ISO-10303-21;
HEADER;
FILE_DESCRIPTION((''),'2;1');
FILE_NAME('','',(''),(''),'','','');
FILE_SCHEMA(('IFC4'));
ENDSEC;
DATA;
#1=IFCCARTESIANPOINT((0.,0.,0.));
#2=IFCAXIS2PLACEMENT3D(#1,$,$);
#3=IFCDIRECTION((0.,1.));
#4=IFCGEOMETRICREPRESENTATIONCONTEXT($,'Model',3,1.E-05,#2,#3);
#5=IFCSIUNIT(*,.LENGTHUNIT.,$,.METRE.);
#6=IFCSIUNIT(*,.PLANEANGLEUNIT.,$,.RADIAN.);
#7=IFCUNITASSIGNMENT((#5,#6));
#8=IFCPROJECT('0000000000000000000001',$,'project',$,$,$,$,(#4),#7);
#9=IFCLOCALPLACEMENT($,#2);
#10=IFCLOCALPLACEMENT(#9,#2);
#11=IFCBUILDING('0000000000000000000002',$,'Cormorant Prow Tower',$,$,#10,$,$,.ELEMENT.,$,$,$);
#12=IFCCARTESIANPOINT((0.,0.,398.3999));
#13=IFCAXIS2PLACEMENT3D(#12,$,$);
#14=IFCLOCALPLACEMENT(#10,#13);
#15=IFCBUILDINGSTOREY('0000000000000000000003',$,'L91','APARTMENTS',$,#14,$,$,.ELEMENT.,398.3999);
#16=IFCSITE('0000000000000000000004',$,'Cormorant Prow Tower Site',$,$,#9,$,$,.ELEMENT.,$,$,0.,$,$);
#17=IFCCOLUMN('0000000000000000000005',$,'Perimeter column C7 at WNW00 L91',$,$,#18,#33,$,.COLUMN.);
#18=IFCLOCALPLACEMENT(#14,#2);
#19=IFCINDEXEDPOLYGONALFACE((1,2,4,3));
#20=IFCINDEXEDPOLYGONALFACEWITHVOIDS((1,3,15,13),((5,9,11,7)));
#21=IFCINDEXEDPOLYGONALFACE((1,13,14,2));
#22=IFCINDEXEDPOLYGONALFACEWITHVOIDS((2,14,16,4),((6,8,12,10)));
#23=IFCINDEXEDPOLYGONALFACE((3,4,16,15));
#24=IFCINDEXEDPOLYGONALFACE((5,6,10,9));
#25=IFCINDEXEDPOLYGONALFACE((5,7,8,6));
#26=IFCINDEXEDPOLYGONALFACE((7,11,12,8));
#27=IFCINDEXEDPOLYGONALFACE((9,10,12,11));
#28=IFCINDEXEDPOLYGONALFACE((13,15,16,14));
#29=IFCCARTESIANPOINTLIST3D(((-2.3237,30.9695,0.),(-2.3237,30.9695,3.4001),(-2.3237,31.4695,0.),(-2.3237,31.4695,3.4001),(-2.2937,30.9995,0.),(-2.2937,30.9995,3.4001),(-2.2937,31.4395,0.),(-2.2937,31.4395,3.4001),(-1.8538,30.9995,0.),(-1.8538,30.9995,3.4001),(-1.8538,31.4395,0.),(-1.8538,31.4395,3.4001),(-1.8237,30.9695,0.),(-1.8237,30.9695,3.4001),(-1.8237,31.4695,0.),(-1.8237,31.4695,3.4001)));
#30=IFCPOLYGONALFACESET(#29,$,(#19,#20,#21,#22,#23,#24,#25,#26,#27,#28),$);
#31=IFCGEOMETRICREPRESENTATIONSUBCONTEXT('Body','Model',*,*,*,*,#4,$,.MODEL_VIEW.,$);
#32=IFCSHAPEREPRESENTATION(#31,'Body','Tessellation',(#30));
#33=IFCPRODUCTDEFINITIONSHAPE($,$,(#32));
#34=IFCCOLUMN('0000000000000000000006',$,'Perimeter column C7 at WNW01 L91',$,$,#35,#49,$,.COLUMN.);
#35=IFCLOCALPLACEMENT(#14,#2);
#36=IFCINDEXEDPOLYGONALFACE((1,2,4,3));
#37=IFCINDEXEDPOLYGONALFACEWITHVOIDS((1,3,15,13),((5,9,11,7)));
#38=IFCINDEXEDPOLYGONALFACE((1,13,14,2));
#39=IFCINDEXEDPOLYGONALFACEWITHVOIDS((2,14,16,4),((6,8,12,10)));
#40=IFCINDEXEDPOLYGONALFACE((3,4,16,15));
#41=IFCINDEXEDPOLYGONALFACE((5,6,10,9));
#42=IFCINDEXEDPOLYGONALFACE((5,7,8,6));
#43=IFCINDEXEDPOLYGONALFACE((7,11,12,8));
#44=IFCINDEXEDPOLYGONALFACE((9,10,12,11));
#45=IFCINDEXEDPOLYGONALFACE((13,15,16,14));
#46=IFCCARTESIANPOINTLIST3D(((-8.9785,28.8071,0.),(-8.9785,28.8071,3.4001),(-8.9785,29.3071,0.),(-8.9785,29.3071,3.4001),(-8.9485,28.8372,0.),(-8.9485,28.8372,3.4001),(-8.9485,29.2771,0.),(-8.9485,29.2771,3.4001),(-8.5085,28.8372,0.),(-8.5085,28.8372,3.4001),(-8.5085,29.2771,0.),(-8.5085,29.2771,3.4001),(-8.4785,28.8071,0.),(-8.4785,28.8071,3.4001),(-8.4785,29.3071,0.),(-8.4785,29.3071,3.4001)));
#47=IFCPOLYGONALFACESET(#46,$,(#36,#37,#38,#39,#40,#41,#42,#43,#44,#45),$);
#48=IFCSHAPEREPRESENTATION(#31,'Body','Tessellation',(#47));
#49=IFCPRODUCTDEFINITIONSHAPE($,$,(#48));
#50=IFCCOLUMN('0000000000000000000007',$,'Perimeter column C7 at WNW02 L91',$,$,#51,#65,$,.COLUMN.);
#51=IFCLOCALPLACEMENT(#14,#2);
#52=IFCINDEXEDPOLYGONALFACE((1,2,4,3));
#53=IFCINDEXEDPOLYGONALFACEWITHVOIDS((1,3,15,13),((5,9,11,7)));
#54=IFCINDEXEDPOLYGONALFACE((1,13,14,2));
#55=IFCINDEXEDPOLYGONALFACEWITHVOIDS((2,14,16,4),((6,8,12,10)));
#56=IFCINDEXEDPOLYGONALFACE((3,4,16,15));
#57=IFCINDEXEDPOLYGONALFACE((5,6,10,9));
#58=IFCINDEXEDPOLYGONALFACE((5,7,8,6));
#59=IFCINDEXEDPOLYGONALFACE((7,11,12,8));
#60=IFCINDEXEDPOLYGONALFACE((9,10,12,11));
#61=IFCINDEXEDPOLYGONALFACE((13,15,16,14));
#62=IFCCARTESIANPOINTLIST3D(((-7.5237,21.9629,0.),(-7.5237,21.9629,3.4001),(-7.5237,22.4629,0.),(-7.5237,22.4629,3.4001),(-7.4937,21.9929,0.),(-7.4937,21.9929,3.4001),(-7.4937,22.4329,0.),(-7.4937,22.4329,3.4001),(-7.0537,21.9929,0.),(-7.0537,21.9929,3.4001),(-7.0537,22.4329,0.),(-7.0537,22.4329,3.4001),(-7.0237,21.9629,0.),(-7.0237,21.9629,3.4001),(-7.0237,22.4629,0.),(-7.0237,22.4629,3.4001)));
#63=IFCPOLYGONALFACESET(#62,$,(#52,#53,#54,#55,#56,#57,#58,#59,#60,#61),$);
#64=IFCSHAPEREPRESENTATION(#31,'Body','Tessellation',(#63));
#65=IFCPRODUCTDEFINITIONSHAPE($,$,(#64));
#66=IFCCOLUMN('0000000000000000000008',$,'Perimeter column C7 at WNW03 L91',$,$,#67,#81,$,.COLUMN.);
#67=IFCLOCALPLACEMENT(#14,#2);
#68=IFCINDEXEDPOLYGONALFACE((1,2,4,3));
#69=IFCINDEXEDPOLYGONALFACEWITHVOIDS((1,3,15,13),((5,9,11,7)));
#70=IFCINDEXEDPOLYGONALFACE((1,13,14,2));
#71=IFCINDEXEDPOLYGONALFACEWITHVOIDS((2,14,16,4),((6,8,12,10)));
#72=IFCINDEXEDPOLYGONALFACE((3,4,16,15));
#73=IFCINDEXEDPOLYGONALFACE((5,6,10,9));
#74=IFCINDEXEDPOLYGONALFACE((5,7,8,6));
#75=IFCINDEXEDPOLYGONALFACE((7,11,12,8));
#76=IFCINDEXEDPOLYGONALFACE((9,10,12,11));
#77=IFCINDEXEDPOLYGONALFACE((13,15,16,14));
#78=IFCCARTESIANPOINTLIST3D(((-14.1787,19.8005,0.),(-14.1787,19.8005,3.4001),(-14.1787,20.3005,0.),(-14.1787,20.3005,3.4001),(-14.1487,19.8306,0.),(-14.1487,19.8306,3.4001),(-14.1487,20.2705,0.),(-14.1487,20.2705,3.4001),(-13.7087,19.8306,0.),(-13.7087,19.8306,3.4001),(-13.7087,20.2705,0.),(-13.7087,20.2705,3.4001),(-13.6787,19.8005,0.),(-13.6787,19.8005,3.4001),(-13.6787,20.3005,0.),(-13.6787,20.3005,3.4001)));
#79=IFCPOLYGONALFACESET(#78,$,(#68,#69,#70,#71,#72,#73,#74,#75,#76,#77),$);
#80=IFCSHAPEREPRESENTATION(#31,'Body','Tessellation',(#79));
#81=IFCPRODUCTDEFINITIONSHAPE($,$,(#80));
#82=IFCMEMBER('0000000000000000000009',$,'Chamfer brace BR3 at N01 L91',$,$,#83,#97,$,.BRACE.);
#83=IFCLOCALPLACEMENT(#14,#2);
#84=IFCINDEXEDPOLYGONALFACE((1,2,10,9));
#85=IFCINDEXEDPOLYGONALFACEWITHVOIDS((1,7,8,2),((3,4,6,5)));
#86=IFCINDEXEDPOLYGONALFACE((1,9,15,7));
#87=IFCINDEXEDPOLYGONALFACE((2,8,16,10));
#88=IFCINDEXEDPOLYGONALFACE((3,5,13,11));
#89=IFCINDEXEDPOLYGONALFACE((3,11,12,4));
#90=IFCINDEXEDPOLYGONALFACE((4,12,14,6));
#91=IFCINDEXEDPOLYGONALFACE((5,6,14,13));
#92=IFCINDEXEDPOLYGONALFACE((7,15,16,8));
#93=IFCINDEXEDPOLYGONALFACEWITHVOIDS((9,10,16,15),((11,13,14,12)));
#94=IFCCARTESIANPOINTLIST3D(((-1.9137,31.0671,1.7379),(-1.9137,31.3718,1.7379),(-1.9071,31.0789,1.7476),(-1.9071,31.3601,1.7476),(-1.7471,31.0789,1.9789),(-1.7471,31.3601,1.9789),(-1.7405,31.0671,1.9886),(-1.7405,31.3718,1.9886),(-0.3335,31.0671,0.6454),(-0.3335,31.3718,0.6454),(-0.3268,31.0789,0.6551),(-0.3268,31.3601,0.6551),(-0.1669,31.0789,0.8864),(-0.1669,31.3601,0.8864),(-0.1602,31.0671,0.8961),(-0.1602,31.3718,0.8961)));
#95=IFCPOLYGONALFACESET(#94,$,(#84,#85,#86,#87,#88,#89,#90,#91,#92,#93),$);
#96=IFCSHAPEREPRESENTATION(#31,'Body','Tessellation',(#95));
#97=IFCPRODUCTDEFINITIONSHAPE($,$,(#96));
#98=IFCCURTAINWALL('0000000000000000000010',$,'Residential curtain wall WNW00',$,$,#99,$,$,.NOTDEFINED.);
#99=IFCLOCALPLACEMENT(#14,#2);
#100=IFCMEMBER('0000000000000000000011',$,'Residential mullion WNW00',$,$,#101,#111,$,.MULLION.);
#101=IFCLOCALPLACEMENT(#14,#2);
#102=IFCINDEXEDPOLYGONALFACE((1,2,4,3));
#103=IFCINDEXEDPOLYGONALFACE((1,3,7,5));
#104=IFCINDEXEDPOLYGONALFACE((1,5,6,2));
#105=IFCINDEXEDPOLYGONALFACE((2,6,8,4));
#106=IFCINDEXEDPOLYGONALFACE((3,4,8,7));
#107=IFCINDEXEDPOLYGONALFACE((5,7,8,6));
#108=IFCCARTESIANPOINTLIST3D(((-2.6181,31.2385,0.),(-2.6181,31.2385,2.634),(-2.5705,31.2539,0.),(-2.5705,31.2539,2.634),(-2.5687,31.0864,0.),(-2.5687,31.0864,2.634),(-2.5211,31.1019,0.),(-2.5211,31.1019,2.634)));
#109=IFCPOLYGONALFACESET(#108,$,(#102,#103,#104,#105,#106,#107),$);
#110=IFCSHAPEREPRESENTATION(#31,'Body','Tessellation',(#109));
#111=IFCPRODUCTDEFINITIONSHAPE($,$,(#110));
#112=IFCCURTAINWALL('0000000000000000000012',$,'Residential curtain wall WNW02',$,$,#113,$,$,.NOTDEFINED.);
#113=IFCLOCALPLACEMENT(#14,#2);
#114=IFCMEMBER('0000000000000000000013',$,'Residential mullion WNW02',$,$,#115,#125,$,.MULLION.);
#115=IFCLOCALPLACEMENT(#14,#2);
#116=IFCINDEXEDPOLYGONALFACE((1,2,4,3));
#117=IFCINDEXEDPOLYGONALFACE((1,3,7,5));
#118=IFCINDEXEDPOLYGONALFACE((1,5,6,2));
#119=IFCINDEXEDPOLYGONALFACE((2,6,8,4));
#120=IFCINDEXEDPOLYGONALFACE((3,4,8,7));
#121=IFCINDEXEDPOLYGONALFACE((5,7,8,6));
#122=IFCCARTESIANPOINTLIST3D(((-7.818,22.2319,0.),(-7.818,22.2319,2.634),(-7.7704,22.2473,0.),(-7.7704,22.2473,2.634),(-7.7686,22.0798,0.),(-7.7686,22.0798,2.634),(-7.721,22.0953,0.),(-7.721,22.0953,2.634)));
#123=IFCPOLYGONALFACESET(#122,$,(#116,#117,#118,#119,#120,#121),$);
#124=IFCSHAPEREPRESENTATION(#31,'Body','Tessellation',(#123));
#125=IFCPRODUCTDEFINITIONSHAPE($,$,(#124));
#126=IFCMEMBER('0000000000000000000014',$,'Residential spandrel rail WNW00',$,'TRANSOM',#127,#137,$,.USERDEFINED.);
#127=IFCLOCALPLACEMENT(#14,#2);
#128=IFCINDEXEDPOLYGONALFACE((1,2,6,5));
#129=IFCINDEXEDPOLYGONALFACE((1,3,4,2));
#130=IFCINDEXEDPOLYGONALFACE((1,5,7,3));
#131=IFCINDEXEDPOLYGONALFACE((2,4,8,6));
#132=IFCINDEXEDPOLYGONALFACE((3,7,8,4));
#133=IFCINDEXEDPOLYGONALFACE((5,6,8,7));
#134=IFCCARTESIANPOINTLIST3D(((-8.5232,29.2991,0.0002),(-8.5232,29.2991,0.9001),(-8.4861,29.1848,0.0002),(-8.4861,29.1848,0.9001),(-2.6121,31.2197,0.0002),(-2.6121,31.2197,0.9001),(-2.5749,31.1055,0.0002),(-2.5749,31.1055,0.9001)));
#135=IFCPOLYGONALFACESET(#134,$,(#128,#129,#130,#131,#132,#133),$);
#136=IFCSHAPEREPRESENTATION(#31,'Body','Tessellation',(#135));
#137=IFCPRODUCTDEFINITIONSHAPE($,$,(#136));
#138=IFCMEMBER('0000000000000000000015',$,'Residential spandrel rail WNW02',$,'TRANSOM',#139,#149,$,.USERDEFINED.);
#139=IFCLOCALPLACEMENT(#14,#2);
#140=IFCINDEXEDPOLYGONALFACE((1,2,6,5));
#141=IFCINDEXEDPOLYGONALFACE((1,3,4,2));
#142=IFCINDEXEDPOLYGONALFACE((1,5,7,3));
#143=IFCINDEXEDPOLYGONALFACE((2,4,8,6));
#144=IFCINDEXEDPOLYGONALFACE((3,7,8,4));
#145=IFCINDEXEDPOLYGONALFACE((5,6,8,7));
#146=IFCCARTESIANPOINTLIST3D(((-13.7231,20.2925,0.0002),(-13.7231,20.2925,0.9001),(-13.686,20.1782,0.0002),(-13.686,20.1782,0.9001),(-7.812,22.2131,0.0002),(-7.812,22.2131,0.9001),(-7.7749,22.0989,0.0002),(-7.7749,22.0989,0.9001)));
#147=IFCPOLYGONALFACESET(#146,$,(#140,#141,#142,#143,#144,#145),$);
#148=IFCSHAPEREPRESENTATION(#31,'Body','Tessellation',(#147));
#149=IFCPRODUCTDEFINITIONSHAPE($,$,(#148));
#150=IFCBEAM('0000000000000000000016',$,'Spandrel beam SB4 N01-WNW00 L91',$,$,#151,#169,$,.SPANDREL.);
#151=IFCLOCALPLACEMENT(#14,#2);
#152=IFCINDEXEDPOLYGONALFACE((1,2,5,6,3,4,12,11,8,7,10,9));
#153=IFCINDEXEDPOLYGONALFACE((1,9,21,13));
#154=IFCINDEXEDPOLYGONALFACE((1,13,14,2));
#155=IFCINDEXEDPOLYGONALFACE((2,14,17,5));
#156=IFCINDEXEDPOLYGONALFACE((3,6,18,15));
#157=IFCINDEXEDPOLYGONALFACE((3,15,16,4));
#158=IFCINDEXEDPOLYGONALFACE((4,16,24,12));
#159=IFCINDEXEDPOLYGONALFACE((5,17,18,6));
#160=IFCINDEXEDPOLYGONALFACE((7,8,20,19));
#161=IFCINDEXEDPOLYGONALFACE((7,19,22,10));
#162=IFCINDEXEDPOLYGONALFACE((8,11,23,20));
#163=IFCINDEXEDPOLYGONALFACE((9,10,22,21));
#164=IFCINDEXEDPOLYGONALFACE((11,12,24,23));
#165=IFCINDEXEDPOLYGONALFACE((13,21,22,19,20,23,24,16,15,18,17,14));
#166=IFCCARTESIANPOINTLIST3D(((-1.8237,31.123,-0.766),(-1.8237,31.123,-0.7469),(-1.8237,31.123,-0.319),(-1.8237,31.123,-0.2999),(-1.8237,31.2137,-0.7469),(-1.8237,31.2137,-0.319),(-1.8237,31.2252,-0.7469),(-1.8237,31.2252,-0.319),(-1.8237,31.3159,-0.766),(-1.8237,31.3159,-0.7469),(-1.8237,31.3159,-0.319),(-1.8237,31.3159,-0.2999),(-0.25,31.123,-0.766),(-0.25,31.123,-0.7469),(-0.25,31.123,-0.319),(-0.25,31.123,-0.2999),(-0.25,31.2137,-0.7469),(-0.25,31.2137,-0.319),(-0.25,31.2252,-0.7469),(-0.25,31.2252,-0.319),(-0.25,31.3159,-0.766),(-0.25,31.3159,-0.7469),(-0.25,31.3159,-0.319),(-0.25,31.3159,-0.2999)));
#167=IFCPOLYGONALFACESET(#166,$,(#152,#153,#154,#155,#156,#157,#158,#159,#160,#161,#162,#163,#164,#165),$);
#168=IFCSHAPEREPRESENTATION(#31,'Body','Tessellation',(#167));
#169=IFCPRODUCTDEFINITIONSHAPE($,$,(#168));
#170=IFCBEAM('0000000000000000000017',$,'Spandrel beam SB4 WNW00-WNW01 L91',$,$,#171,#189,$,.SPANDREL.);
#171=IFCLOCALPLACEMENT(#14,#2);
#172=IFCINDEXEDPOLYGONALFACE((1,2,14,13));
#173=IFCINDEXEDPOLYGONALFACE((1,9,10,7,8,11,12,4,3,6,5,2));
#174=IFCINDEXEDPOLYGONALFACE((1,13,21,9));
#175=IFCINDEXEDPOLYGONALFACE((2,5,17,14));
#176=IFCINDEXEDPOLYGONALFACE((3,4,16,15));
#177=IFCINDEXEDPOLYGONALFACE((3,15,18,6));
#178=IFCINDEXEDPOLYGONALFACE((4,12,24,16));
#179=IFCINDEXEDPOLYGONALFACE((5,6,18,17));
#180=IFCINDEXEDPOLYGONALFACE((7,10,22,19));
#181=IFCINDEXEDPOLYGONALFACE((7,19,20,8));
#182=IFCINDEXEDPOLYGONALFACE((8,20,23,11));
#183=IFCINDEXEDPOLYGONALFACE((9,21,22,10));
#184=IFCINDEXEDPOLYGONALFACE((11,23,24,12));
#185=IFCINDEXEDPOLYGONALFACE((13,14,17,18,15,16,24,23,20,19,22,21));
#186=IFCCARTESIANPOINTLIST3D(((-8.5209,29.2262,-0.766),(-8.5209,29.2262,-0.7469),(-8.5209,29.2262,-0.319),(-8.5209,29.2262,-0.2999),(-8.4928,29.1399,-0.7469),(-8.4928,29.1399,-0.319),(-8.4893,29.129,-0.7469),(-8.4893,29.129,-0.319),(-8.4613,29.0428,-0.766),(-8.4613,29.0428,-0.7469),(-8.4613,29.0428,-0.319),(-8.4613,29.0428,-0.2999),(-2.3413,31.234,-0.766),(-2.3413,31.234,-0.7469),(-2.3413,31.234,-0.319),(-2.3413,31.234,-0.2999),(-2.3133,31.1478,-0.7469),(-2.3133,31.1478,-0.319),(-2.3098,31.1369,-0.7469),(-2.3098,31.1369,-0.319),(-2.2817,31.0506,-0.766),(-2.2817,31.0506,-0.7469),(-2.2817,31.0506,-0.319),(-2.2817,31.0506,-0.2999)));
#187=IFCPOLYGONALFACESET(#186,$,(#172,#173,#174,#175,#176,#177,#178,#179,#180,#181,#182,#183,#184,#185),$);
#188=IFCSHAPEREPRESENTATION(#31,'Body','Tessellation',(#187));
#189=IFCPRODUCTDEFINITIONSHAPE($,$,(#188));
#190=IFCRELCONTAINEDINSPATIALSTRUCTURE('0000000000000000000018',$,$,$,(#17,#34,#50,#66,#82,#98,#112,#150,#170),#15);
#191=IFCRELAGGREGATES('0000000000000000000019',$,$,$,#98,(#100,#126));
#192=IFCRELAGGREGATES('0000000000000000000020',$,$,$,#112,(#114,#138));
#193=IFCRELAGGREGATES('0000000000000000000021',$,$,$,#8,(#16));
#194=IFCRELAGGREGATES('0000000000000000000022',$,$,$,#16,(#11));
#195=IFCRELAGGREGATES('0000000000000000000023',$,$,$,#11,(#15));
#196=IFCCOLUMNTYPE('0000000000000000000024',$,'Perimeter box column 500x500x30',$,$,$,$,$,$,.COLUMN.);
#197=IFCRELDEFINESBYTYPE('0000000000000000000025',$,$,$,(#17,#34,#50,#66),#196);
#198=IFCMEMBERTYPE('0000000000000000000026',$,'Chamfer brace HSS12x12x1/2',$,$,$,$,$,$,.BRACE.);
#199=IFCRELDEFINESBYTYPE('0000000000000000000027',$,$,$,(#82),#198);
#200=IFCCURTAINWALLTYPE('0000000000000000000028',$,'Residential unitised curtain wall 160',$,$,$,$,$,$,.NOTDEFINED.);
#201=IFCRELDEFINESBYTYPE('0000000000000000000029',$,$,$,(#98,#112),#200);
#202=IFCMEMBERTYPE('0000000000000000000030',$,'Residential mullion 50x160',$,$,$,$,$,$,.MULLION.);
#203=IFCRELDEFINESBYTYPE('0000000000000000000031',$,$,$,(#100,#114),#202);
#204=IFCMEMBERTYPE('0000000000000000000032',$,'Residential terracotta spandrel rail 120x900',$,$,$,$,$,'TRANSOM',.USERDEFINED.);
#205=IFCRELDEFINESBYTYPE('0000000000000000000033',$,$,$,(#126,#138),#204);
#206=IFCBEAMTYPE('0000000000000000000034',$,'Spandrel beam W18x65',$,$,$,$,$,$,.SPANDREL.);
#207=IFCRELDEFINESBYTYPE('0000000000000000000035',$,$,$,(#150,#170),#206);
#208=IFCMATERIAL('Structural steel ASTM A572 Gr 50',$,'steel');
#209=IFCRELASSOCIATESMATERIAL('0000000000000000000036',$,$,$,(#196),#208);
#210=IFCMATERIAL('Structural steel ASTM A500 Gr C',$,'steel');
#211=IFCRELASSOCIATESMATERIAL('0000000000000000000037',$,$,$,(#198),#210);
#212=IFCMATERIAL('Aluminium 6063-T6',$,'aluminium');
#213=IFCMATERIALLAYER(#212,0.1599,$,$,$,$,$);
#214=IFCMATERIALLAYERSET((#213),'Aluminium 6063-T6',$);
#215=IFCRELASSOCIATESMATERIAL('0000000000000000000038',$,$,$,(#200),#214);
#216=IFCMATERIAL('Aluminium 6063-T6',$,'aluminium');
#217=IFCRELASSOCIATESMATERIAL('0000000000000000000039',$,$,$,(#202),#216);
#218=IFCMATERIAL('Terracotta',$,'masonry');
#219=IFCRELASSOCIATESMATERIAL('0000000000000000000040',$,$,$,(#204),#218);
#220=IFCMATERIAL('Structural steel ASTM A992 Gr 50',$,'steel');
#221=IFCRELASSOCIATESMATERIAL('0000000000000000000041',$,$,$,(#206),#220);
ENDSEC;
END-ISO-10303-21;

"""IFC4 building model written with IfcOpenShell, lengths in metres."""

from ifc_helpers import new_model, si_unit, direction, frame, origin, origin_2d, place, context, subcontext, project, spatial, rectangle, hollow_rectangle, i_section, extrude, material, layer, layer_set, material_profile, profile_set, type_object, element, aggregate, save


model = new_model("IFC4")

# Units and contexts
model_context = context("Model", 3, precision=1e-05, world=origin(), true_north=direction((0.0, 1.0)))
body_context = subcontext(model_context, "Body", "Model", "MODEL_VIEW")
ifc_project = project(units=[si_unit("LENGTHUNIT", "METRE"), si_unit("PLANEANGLEUNIT", "RADIAN")], contexts=[model_context])

# Site, building, storey
site_placement = place(None, origin())
site = spatial("IfcSite", under=ifc_project, at=site_placement, Name="Cormorant Prow Tower Site", CompositionType="ELEMENT", RefElevation=0.0)
building_placement = place(site_placement, origin())
building = spatial("IfcBuilding", under=site, at=building_placement, Name="Cormorant Prow Tower", CompositionType="ELEMENT")
storey_placement = place(building_placement, frame((0.0, 0.0, 398.3999)))
storey = spatial("IfcBuildingStorey", under=building, at=storey_placement, Name="L91", Description="APARTMENTS", CompositionType="ELEMENT", Elevation=398.3999)

# Columns
ifc_material_1 = material(Name="Structural steel ASTM A572 Gr 50", Category="steel")
ifc_material_profile_1 = material_profile(ifc_material_1, hollow_rectangle(XDim=0.5, YDim=0.5, WallThickness=0.03, at=origin_2d()), Name="Box 500x500x30")
ifc_profile_set_1 = profile_set([ifc_material_profile_1], Name="Structural steel ASTM A572 Gr 50")
column_type = type_object("IfcColumnType", Name="Perimeter box column 500x500x30", PredefinedType="COLUMN", material=ifc_profile_set_1)
for number, where, z_axis, x_axis, name in (
    (1, (-2.0737, 31.2195, 0.0), (0.0, 0.0, 1.0), (1.0, 0.0, 0.0), "Perimeter column C7 at WNW00 L91"),
    (2, (-8.7285, 29.0571, 0.0), (0.0, 0.0, 1.0), (1.0, 0.0, 0.0), "Perimeter column C7 at WNW01 L91"),
    (3, (-7.2737, 22.2129, 0.0), (0.0, 0.0, 1.0), (1.0, 0.0, 0.0), "Perimeter column C7 at WNW02 L91"),
    (4, (-13.9287, 20.0505, 0.0), (0.0, 0.0, 1.0), (1.0, 0.0, 0.0), "Perimeter column C7 at WNW03 L91"),
):
    element("IfcColumn", number, at=place(storey_placement, frame(where, z_axis=z_axis, x_axis=x_axis)), inside=storey, type_object=column_type, Name=name, PredefinedType="COLUMN", context=body_context, shape_type="SweptSolid", body=[
        extrude(hollow_rectangle(XDim=0.5, YDim=0.5, WallThickness=0.03, at=origin_2d()), origin(), (0.0, 0.0, 1.0), 3.4001),
    ])

# Member
ifc_material_2 = material(Name="Structural steel ASTM A500 Gr C", Category="steel")
ifc_material_profile_2 = material_profile(ifc_material_2, hollow_rectangle(XDim=0.3047, YDim=0.3047, WallThickness=0.0117, at=origin_2d()), Name="HSS12x12x1/2")
ifc_profile_set_2 = profile_set([ifc_material_profile_2], Name="Structural steel ASTM A500 Gr C")
member_type_1 = type_object("IfcMemberType", Name="Chamfer brace HSS12x12x1/2", PredefinedType="BRACE", material=ifc_profile_set_2)
member_1_placement = place(storey_placement, frame((-0.2468, 31.2195, 0.7708), z_axis=(-0.822567, 0.0, 0.568668), x_axis=(0.0, -1.0, 0.0)))
element("IfcMember", 5, at=member_1_placement, inside=storey, type_object=member_type_1, Name="Chamfer brace BR3 at N01 L91", PredefinedType="BRACE", context=body_context, shape_type="SweptSolid", body=[
    extrude(hollow_rectangle(XDim=0.3047, YDim=0.3047, WallThickness=0.0117, at=origin_2d()), origin(), (0.0, 0.0, 1.0), 1.9211),
])

# Curtain walls, members
ifc_material_3 = material(Name="Aluminium 6063-T6", Category="aluminium")
ifc_layer_1 = layer(ifc_material_3, 0.1599)
ifc_layer_set_1 = layer_set([ifc_layer_1], Name="Aluminium 6063-T6")
curtain_wall_type = type_object("IfcCurtainWallType", Name="Residential unitised curtain wall 160", PredefinedType="NOTDEFINED", material=ifc_layer_set_1)
curtain_wall_1_placement = place(storey_placement, origin())
curtain_wall_1 = element("IfcCurtainWall", 6, at=curtain_wall_1_placement, inside=storey, type_object=curtain_wall_type, Name="Residential curtain wall WNW00", PredefinedType="NOTDEFINED")
ifc_material_4 = material(Name="Aluminium 6063-T6", Category="aluminium")
ifc_material_profile_3 = material_profile(ifc_material_4, rectangle(XDim=0.1599, YDim=0.05, at=origin_2d()), Name="Residential mullion 50x160")
ifc_profile_set_3 = profile_set([ifc_material_profile_3], Name="Aluminium 6063-T6")
member_type_2 = type_object("IfcMemberType", Name="Residential mullion 50x160", PredefinedType="MULLION", material=ifc_profile_set_3)
member_2_placement = place(storey_placement, frame((-2.5696, 31.1702, 0.0), z_axis=(0.0, 0.0, 1.0), x_axis=(0.309017, -0.951057, 0.0)))
member_2 = element("IfcMember", 7, at=member_2_placement, type_object=member_type_2, Name="Residential mullion WNW00", PredefinedType="MULLION", context=body_context, shape_type="SweptSolid", body=[
    extrude(rectangle(XDim=0.1599, YDim=0.05, at=origin_2d()), origin(), (0.0, 0.0, 1.0), 2.634),
])
curtain_wall_2_placement = place(storey_placement, origin())
curtain_wall_2 = element("IfcCurtainWall", 8, at=curtain_wall_2_placement, inside=storey, type_object=curtain_wall_type, Name="Residential curtain wall WNW02", PredefinedType="NOTDEFINED")
member_3_placement = place(storey_placement, frame((-7.7695, 22.1636, 0.0), z_axis=(0.0, 0.0, 1.0), x_axis=(0.309017, -0.951057, 0.0)))
member_3 = element("IfcMember", 9, at=member_3_placement, type_object=member_type_2, Name="Residential mullion WNW02", PredefinedType="MULLION", context=body_context, shape_type="SweptSolid", body=[
    extrude(rectangle(XDim=0.1599, YDim=0.05, at=origin_2d()), origin(), (0.0, 0.0, 1.0), 2.634),
])

# Members
ifc_material_5 = material(Name="Terracotta", Category="masonry")
ifc_material_profile_4 = material_profile(ifc_material_5, rectangle(XDim=0.1201, YDim=0.8999, at=origin_2d()), Name="Residential terracotta spandrel rail 120x900")
ifc_profile_set_4 = profile_set([ifc_material_profile_4], Name="Terracotta")
member_type_3 = type_object("IfcMemberType", Name="Residential terracotta spandrel rail 120x900", ElementType="TRANSOM", PredefinedType="USERDEFINED", material=ifc_profile_set_4)
member_4_placement = place(storey_placement, frame((-2.5935, 31.1626, 0.4502), z_axis=(-0.951056, -0.309019, 0.0), x_axis=(0.309019, -0.951056, 0.0)))
member_4 = element("IfcMember", 10, at=member_4_placement, type_object=member_type_3, Name="Residential spandrel rail WNW00", ObjectType="TRANSOM", PredefinedType="USERDEFINED", context=body_context, shape_type="SweptSolid", body=[
    extrude(rectangle(XDim=0.1201, YDim=0.8999, at=origin_2d()), origin(), (0.0, 0.0, 1.0), 6.2153),
])
member_5_placement = place(storey_placement, frame((-7.7935, 22.156, 0.4502), z_axis=(-0.951056, -0.309019, 0.0), x_axis=(0.309019, -0.951056, 0.0)))
member_5 = element("IfcMember", 11, at=member_5_placement, type_object=member_type_3, Name="Residential spandrel rail WNW02", ObjectType="TRANSOM", PredefinedType="USERDEFINED", context=body_context, shape_type="SweptSolid", body=[
    extrude(rectangle(XDim=0.1201, YDim=0.8999, at=origin_2d()), origin(), (0.0, 0.0, 1.0), 6.2153),
])

# Beams
ifc_material_6 = material(Name="Structural steel ASTM A992 Gr 50", Category="steel")
ifc_material_profile_5 = material_profile(ifc_material_6, i_section(OverallWidth=0.1929, OverallDepth=0.4661, WebThickness=0.0115, FlangeThickness=0.019, at=origin_2d()), Name="W18x65")
ifc_profile_set_5 = profile_set([ifc_material_profile_5], Name="Structural steel ASTM A992 Gr 50")
beam_type = type_object("IfcBeamType", Name="Spandrel beam W18x65", PredefinedType="SPANDREL", material=ifc_profile_set_5)
beam_1_placement = place(storey_placement, frame((-0.25, 31.2195, -0.533), z_axis=(-1.0, 0.0, 0.0), x_axis=(0.0, -1.0, 0.0)))
element("IfcBeam", 12, at=beam_1_placement, inside=storey, type_object=beam_type, Name="Spandrel beam SB4 N01-WNW00 L91", PredefinedType="SPANDREL", context=body_context, shape_type="SweptSolid", body=[
    extrude(i_section(OverallWidth=0.1929, OverallDepth=0.4661, WebThickness=0.0115, FlangeThickness=0.019, at=origin_2d()), origin(), (0.0, 0.0, 1.0), 1.5737),
])
for number, where, z_axis, x_axis, name in (
    (13, (-2.3115, 31.1423, -0.533), (-0.951057, -0.309016, 0.0), (0.309016, -0.951057, 0.0), "Spandrel beam SB4 WNW00-WNW01 L91"),
):
    element("IfcBeam", number, at=place(storey_placement, frame(where, z_axis=z_axis, x_axis=x_axis)), inside=storey, type_object=beam_type, Name=name, PredefinedType="SPANDREL", context=body_context, shape_type="SweptSolid", body=[
        extrude(i_section(OverallWidth=0.1929, OverallDepth=0.4661, WebThickness=0.0115, FlangeThickness=0.019, at=origin_2d()), origin(), (0.0, 0.0, 1.0), 6.4976),
    ])

aggregate(curtain_wall_1, [member_2, member_4])
aggregate(curtain_wall_2, [member_3, member_5])

save(model, "model.ifc")
